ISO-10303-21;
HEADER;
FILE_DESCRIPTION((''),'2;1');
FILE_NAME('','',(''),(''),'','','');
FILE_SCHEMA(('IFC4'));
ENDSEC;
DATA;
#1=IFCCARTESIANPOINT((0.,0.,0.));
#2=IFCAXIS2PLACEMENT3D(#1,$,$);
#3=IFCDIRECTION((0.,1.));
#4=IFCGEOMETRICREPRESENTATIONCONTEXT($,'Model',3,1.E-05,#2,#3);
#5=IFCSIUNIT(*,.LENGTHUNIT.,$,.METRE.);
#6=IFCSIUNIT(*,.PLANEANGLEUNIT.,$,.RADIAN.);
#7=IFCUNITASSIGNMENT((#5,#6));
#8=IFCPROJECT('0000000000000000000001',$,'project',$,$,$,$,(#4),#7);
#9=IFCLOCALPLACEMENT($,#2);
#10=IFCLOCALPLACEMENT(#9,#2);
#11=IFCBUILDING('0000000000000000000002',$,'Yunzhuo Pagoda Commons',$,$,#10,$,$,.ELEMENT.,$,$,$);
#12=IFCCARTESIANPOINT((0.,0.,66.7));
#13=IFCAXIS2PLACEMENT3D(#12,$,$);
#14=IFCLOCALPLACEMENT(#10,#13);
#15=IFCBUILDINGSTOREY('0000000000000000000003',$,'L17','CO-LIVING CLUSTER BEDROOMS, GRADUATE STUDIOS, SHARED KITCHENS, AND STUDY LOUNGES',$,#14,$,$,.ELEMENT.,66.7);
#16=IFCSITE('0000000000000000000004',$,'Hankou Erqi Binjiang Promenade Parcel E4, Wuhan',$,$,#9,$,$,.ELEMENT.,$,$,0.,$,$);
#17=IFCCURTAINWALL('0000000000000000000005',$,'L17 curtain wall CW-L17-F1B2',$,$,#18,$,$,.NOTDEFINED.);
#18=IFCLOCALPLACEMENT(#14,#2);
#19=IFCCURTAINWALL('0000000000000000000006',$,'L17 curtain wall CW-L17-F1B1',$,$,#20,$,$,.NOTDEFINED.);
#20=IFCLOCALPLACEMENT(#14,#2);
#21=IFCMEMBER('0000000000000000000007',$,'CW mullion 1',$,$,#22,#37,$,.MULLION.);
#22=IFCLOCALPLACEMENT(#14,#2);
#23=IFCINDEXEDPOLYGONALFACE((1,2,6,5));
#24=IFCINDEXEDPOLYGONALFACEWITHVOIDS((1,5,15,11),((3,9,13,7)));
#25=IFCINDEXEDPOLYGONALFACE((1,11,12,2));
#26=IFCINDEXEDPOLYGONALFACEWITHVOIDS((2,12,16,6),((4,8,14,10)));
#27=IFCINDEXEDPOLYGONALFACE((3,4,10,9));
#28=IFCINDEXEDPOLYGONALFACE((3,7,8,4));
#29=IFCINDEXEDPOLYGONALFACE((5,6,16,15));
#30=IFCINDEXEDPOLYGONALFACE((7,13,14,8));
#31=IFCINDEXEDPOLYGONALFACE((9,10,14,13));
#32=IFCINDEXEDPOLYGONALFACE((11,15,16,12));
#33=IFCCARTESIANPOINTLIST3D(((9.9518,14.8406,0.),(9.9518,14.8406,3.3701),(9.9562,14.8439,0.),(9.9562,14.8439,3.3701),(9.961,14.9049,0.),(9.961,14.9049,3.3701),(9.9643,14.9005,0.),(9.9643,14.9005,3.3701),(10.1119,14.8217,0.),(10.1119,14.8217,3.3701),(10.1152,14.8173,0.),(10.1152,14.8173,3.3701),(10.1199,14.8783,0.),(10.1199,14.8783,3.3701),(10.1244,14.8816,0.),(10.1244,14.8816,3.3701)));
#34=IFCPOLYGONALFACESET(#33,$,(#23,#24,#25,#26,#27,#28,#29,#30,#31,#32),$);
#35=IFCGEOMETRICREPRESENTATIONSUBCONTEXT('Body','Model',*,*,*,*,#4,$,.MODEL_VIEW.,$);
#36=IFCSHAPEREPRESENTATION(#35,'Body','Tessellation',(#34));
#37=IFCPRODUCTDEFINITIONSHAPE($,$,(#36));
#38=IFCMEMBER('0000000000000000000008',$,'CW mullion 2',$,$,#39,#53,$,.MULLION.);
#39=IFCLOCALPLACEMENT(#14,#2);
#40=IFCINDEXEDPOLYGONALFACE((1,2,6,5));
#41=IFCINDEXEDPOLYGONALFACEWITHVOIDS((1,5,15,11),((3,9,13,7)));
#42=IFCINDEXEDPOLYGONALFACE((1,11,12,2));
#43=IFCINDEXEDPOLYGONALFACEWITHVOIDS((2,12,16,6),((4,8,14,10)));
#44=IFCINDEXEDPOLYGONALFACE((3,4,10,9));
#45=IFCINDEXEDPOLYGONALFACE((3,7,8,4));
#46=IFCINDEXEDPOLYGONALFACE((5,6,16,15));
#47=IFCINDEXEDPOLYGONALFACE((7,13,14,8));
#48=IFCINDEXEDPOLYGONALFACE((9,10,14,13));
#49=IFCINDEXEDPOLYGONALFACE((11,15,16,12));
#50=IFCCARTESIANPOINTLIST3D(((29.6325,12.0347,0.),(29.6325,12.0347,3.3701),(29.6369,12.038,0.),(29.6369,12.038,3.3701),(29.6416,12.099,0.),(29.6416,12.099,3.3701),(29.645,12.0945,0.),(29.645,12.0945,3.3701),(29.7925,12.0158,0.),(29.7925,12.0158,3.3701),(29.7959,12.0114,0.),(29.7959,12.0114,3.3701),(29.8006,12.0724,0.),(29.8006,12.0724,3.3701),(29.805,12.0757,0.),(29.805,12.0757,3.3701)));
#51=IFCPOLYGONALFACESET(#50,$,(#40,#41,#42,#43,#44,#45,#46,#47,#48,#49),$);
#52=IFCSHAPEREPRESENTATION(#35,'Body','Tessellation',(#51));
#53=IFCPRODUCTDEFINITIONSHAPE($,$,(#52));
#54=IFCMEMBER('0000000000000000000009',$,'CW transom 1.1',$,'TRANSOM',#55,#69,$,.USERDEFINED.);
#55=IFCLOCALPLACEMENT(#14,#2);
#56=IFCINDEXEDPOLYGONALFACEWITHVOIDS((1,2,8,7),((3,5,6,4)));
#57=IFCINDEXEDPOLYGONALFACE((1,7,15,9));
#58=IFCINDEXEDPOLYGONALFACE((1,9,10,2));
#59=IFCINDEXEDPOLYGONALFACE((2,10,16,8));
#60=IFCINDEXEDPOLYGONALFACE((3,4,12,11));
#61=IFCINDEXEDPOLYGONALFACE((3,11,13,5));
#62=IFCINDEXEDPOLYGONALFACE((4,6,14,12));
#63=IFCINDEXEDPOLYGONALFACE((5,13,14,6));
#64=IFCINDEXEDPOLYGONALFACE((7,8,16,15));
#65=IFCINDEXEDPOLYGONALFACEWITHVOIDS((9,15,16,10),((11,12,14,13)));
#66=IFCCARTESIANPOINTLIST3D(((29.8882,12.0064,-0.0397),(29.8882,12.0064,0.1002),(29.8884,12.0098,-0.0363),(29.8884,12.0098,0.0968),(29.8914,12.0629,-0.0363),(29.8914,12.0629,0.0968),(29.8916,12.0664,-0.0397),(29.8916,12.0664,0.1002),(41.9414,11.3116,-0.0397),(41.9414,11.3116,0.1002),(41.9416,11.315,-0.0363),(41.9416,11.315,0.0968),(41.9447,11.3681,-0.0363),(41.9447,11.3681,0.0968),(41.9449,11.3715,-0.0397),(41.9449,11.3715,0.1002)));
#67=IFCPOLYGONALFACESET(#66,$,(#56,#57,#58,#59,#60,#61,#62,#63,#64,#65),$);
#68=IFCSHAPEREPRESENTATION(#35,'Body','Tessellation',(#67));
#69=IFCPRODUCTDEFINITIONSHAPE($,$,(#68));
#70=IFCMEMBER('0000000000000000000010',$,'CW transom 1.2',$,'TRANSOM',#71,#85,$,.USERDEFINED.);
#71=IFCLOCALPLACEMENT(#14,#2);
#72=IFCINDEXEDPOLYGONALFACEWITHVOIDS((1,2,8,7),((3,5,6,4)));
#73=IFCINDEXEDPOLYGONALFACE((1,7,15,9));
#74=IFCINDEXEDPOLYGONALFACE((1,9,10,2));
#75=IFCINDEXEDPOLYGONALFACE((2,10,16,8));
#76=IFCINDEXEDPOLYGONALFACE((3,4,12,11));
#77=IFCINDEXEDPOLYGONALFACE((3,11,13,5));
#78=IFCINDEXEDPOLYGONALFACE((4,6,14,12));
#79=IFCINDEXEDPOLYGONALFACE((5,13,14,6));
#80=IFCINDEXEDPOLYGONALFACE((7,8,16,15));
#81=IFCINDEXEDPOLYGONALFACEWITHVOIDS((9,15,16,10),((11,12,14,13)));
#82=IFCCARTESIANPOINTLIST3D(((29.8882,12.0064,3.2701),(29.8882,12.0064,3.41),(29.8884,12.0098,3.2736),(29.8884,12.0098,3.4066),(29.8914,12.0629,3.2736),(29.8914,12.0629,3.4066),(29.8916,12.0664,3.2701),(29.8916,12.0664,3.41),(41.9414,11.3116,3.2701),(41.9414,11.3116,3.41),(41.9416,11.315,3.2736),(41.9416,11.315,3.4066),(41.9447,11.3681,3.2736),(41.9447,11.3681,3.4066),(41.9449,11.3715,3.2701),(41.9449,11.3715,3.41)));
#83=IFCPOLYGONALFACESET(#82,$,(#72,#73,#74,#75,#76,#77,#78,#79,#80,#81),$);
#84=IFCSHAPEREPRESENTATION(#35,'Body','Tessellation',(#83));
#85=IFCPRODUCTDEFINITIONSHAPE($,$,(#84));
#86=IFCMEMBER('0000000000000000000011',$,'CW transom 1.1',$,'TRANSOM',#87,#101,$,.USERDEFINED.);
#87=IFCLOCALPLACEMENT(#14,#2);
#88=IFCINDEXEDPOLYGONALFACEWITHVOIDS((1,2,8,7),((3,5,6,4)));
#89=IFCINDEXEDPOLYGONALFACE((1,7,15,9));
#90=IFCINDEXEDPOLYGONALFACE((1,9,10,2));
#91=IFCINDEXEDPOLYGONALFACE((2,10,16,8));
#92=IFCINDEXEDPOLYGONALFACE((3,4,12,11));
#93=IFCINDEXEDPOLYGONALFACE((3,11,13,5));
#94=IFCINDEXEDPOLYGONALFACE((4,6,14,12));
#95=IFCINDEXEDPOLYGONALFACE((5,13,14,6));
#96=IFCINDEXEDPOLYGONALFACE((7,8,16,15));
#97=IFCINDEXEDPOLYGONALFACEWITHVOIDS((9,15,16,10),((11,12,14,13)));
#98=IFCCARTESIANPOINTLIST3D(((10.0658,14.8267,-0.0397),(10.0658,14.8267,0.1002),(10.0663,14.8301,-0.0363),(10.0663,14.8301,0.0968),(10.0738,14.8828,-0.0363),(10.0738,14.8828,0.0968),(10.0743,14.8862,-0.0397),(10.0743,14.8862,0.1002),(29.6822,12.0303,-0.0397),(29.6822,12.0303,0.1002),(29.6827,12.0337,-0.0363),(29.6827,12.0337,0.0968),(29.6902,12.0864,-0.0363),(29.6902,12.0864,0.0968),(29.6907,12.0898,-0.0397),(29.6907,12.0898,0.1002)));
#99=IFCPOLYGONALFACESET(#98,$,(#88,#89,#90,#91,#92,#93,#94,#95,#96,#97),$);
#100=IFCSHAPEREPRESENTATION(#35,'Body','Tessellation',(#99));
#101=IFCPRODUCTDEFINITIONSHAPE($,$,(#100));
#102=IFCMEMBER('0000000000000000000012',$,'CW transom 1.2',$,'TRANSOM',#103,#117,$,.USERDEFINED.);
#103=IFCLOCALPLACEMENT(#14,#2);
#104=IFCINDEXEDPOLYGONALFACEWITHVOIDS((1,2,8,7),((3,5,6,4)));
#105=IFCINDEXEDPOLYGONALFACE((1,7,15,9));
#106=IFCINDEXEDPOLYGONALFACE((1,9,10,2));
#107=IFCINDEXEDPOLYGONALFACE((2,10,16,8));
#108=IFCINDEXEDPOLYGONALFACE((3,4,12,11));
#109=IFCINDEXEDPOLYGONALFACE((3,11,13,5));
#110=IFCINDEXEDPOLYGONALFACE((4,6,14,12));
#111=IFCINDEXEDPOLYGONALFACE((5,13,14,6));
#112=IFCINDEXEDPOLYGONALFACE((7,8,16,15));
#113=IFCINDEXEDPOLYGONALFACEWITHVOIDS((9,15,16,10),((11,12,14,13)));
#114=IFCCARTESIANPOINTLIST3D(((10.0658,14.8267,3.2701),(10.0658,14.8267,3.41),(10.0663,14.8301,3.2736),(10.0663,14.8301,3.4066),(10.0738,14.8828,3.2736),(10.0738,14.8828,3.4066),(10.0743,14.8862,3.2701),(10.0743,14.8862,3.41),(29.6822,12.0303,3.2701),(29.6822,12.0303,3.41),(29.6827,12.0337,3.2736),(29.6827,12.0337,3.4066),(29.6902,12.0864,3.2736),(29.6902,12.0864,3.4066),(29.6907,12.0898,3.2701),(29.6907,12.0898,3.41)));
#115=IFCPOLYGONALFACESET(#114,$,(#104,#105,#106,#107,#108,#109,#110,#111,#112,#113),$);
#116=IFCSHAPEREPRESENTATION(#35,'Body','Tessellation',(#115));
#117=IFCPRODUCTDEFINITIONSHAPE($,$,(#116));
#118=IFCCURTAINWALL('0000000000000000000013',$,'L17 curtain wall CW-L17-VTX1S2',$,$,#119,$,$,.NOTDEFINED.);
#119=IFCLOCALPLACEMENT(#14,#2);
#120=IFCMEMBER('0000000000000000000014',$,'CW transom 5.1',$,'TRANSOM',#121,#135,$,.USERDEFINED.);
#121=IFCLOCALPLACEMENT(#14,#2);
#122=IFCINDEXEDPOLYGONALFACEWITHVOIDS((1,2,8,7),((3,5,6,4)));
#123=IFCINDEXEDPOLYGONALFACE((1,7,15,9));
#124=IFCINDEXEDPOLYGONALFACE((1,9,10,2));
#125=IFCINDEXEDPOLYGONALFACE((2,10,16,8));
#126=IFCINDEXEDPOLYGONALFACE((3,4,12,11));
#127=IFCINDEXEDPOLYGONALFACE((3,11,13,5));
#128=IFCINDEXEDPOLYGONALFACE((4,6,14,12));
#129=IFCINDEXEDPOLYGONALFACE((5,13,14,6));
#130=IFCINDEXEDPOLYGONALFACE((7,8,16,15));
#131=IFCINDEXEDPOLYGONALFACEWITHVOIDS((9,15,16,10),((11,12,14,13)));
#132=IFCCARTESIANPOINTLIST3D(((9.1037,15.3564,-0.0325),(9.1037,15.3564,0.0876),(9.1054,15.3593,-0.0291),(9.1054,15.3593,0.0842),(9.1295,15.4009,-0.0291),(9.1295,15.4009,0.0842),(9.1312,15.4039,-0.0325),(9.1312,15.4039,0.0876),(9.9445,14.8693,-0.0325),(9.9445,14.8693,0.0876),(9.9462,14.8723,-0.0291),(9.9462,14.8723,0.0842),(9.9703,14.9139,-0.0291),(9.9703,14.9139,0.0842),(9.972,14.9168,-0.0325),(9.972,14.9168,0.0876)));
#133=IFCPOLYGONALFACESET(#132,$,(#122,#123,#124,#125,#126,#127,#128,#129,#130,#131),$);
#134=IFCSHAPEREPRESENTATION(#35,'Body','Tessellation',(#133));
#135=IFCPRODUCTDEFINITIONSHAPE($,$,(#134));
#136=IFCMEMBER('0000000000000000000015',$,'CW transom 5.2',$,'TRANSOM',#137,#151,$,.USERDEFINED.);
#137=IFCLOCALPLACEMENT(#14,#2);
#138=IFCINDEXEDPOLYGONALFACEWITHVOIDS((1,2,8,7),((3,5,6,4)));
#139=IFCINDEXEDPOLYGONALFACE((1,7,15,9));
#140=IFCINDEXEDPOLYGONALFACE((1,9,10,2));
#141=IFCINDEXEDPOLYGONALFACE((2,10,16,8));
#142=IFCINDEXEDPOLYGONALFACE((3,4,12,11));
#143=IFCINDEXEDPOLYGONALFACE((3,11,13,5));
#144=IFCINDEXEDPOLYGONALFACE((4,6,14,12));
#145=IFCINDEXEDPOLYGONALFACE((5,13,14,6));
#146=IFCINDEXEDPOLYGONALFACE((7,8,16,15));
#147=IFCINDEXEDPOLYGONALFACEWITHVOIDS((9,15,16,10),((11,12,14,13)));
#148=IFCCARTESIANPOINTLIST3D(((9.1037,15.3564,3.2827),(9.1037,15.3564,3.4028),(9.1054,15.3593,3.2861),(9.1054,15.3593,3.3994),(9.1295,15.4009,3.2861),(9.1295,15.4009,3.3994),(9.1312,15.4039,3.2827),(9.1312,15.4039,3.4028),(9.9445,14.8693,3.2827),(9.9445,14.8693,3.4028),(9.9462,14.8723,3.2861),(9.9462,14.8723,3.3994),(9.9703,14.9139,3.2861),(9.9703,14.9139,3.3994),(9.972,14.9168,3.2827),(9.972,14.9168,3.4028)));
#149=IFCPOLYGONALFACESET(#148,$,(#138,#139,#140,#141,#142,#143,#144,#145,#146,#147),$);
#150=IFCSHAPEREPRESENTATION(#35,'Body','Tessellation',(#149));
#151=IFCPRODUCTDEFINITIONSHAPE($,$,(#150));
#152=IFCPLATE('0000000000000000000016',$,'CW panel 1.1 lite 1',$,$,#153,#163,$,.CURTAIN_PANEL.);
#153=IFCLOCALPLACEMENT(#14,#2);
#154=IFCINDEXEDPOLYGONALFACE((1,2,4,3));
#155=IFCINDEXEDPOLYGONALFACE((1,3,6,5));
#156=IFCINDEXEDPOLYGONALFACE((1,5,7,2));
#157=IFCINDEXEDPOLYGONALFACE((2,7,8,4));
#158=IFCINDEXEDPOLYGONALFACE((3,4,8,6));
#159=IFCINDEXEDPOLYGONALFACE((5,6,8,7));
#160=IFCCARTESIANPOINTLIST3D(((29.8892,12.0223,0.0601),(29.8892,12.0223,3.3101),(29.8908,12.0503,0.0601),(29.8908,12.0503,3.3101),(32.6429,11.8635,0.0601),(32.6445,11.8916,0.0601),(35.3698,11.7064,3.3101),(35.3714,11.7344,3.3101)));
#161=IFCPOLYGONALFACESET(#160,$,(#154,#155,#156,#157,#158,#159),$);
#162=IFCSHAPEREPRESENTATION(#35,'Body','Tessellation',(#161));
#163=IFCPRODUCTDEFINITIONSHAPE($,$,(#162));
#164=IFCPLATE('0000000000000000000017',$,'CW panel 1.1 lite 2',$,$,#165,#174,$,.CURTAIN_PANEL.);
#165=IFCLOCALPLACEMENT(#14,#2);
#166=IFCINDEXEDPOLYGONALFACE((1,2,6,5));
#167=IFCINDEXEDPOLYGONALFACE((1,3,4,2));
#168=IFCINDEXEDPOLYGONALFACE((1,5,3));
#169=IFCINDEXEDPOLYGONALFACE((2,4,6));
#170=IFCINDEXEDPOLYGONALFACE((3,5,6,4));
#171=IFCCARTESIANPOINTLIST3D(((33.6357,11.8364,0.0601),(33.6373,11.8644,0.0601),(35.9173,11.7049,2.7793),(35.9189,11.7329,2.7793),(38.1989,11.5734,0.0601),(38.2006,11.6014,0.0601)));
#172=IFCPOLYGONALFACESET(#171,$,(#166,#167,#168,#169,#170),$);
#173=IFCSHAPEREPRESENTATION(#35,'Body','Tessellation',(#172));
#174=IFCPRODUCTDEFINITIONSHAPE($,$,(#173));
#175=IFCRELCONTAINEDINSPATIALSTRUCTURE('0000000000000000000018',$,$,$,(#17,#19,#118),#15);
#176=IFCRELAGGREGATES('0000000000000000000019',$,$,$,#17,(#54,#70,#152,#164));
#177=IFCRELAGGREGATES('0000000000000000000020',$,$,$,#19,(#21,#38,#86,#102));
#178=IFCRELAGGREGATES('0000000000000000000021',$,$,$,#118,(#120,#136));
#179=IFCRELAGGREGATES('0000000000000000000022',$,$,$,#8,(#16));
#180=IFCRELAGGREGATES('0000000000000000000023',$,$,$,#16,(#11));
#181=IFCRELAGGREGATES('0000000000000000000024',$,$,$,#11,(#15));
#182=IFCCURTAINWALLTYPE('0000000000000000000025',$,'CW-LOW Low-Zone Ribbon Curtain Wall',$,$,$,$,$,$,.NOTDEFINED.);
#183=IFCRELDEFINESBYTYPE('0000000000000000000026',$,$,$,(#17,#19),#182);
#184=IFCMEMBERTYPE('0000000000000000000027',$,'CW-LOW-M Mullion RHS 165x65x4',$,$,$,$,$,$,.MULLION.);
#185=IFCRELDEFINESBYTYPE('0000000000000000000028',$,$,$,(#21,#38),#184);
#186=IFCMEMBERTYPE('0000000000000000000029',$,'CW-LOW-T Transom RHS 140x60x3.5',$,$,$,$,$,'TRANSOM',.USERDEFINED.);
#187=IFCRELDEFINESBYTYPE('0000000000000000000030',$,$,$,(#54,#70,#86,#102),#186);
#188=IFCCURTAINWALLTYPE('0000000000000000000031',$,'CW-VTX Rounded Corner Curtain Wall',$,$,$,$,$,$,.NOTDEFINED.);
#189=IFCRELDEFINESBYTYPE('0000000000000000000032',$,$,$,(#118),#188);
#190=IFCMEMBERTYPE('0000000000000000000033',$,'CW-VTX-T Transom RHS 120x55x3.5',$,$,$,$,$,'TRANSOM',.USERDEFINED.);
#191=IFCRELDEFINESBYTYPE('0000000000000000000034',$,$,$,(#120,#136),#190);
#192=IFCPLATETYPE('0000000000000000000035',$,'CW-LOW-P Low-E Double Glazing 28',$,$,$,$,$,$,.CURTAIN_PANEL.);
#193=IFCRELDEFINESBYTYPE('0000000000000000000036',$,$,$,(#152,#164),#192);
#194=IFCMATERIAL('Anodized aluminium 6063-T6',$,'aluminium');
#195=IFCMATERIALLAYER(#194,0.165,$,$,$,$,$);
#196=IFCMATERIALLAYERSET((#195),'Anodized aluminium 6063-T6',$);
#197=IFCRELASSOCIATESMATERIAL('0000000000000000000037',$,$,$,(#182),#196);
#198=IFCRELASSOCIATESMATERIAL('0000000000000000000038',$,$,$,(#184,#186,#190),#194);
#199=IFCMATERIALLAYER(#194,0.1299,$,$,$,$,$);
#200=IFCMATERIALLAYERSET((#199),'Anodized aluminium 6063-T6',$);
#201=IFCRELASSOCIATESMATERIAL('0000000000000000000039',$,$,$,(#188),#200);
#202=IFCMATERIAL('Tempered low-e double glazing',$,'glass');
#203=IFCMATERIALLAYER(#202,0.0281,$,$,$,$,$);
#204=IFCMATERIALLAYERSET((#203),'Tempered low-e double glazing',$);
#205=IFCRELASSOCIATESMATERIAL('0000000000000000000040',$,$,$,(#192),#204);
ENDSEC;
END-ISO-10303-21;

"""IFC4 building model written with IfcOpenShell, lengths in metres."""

from ifc_helpers import new_model, si_unit, direction, frame, origin, origin_2d, place, context, subcontext, project, spatial, polyline, hollow_rectangle, outline, extrude, source, transform, mapped, material, layer, layer_set, material_profile, profile_set, type_object, element, aggregate, save


model = new_model("IFC4")

# Units and contexts
model_context = context("Model", 3, precision=1e-05, world=origin(), true_north=direction((0.0, 1.0)))
body_context = subcontext(model_context, "Body", "Model", "MODEL_VIEW")
ifc_project = project(units=[si_unit("LENGTHUNIT", "METRE"), si_unit("PLANEANGLEUNIT", "RADIAN")], contexts=[model_context])

# Site, building, storey
site_placement = place(None, origin())
site = spatial("IfcSite", under=ifc_project, at=site_placement, Name="Hankou Erqi Binjiang Promenade Parcel E4, Wuhan", CompositionType="ELEMENT", RefElevation=0.0)
building_placement = place(site_placement, origin())
building = spatial("IfcBuilding", under=site, at=building_placement, Name="Yunzhuo Pagoda Commons", CompositionType="ELEMENT")
storey_placement = place(building_placement, frame((0.0, 0.0, 66.7)))
storey = spatial("IfcBuildingStorey", under=building, at=storey_placement, Name="L17", Description="CO-LIVING CLUSTER BEDROOMS, GRADUATE STUDIOS, SHARED KITCHENS, AND STUDY LOUNGES", CompositionType="ELEMENT", Elevation=66.7)

# Curtain wall
ifc_material_1 = material(Name="Anodized aluminium 6063-T6", Category="aluminium")
ifc_layer_1 = layer(ifc_material_1, 0.165)
ifc_layer_set_1 = layer_set([ifc_layer_1], Name="Anodized aluminium 6063-T6")
curtain_wall_type_1 = type_object("IfcCurtainWallType", Name="CW-LOW Low-Zone Ribbon Curtain Wall", PredefinedType="NOTDEFINED", material=ifc_layer_set_1)
curtain_wall_1_placement = place(storey_placement, origin())
curtain_wall_1 = element("IfcCurtainWall", 1, at=curtain_wall_1_placement, inside=storey, type_object=curtain_wall_type_1, Name="L17 curtain wall CW-L17-F1B2", PredefinedType="NOTDEFINED")
ifc_material_profile_1 = material_profile(ifc_material_1, hollow_rectangle(XDim=0.0649, YDim=0.165, WallThickness=0.0039, at=origin_2d()), Name="Anodized aluminium 6063-T6")
ifc_profile_set_1 = profile_set([ifc_material_profile_1], Name="Anodized aluminium 6063-T6")
member_type_1 = type_object("IfcMemberType", Name="CW-LOW-M Mullion RHS 165x65x4", PredefinedType="MULLION", material=ifc_profile_set_1)
shared_shape_1 = source(origin(), body_context, "Body", "SweptSolid", [
    extrude(hollow_rectangle(XDim=0.0649, YDim=0.165, WallThickness=0.0039, at=origin_2d()), origin(), (0.0, 0.0, 1.0), 3.3701),
])

# Curtain wall, members
curtain_wall_2_placement = place(storey_placement, origin())
curtain_wall_2 = element("IfcCurtainWall", 2, at=curtain_wall_2_placement, inside=storey, type_object=curtain_wall_type_1, Name="L17 curtain wall CW-L17-F1B1", PredefinedType="NOTDEFINED")
member_1_placement = place(storey_placement, frame((10.0381, 14.8611, 0.0), z_axis=(0.0, 0.0, 1.0), x_axis=(0.14114, 0.98999, 0.0)))
member_1 = element("IfcMember", 3, at=member_1_placement, type_object=member_type_1, Name="CW mullion 1", PredefinedType="MULLION", context=body_context, shape_type="MappedRepresentation", body=[
    mapped(shared_shape_1, transform((0.0, 0.0, 0.0), scale=1.0)),
])
member_2_placement = place(storey_placement, frame((29.7188, 12.0552, 0.0), z_axis=(0.0, 0.0, 1.0), x_axis=(0.14114, 0.98999, 0.0)))
member_2 = element("IfcMember", 4, at=member_2_placement, type_object=member_type_1, Name="CW mullion 2", PredefinedType="MULLION", context=body_context, shape_type="MappedRepresentation", body=[
    mapped(shared_shape_1, transform((0.0, 0.0, 0.0), scale=1.0)),
])

# Members
ifc_material_profile_2 = material_profile(ifc_material_1, hollow_rectangle(XDim=0.0601, YDim=0.1399, WallThickness=0.0034, at=origin_2d()), Name="Anodized aluminium 6063-T6")
ifc_profile_set_2 = profile_set([ifc_material_profile_2], Name="Anodized aluminium 6063-T6")
member_type_2 = type_object("IfcMemberType", Name="CW-LOW-T Transom RHS 140x60x3.5", ElementType="TRANSOM", PredefinedType="USERDEFINED", material=ifc_profile_set_2)
shared_shape_2 = source(origin(), body_context, "Body", "SweptSolid", [
    extrude(hollow_rectangle(XDim=0.0601, YDim=0.1399, WallThickness=0.0034, at=origin_2d()), origin(), (0.0, 0.0, 1.0), 12.0732),
])
member_3_placement = place(storey_placement, frame((29.8899, 12.0364, 0.0303), z_axis=(0.998343, -0.057551, 0.0), x_axis=(0.057551, 0.998343, 0.0)))
member_3 = element("IfcMember", 5, at=member_3_placement, type_object=member_type_2, Name="CW transom 1.1", ObjectType="TRANSOM", PredefinedType="USERDEFINED", context=body_context, shape_type="MappedRepresentation", body=[
    mapped(shared_shape_2, transform((0.0, 0.0, 0.0), scale=1.0)),
])
member_4_placement = place(storey_placement, frame((29.8899, 12.0364, 3.3401), z_axis=(0.998343, -0.057551, 0.0), x_axis=(0.057551, 0.998343, 0.0)))
member_4 = element("IfcMember", 6, at=member_4_placement, type_object=member_type_2, Name="CW transom 1.2", ObjectType="TRANSOM", PredefinedType="USERDEFINED", context=body_context, shape_type="MappedRepresentation", body=[
    mapped(shared_shape_2, transform((0.0, 0.0, 0.0), scale=1.0)),
])
shared_shape_3 = source(origin(), body_context, "Body", "SweptSolid", [
    extrude(hollow_rectangle(XDim=0.0601, YDim=0.1399, WallThickness=0.0034, at=origin_2d()), origin(), (0.0, 0.0, 1.0), 19.8147),
])
member_5_placement = place(storey_placement, frame((10.0701, 14.8564, 0.0303), z_axis=(0.989992, -0.141126, 0.0), x_axis=(0.141126, 0.989992, 0.0)))
member_5 = element("IfcMember", 7, at=member_5_placement, type_object=member_type_2, Name="CW transom 1.1", ObjectType="TRANSOM", PredefinedType="USERDEFINED", context=body_context, shape_type="MappedRepresentation", body=[
    mapped(shared_shape_3, transform((0.0, 0.0, 0.0), scale=1.0)),
])
member_6_placement = place(storey_placement, frame((10.0701, 14.8564, 3.3401), z_axis=(0.989992, -0.141126, 0.0), x_axis=(0.141126, 0.989992, 0.0)))
member_6 = element("IfcMember", 8, at=member_6_placement, type_object=member_type_2, Name="CW transom 1.2", ObjectType="TRANSOM", PredefinedType="USERDEFINED", context=body_context, shape_type="MappedRepresentation", body=[
    mapped(shared_shape_3, transform((0.0, 0.0, 0.0), scale=1.0)),
])

# Curtain wall, members
ifc_layer_2 = layer(ifc_material_1, 0.1299)
ifc_layer_set_2 = layer_set([ifc_layer_2], Name="Anodized aluminium 6063-T6")
curtain_wall_type_2 = type_object("IfcCurtainWallType", Name="CW-VTX Rounded Corner Curtain Wall", PredefinedType="NOTDEFINED", material=ifc_layer_set_2)
curtain_wall_3_placement = place(storey_placement, origin())
curtain_wall_3 = element("IfcCurtainWall", 9, at=curtain_wall_3_placement, inside=storey, type_object=curtain_wall_type_2, Name="L17 curtain wall CW-L17-VTX1S2", PredefinedType="NOTDEFINED")
ifc_material_profile_3 = material_profile(ifc_material_1, hollow_rectangle(XDim=0.0549, YDim=0.1201, WallThickness=0.0034, at=origin_2d()), Name="Anodized aluminium 6063-T6")
ifc_profile_set_3 = profile_set([ifc_material_profile_3], Name="Anodized aluminium 6063-T6")
member_type_3 = type_object("IfcMemberType", Name="CW-VTX-T Transom RHS 120x55x3.5", ElementType="TRANSOM", PredefinedType="USERDEFINED", material=ifc_profile_set_3)
shared_shape_4 = source(origin(), body_context, "Body", "SweptSolid", [
    extrude(hollow_rectangle(XDim=0.0549, YDim=0.1201, WallThickness=0.0034, at=origin_2d()), origin(), (0.0, 0.0, 1.0), 0.9717),
])
member_7_placement = place(storey_placement, frame((9.1174, 15.3801, 0.0276), z_axis=(0.865306, -0.501244, 0.0), x_axis=(0.501244, 0.865306, 0.0)))
member_7 = element("IfcMember", 10, at=member_7_placement, type_object=member_type_3, Name="CW transom 5.1", ObjectType="TRANSOM", PredefinedType="USERDEFINED", context=body_context, shape_type="MappedRepresentation", body=[
    mapped(shared_shape_4, transform((0.0, 0.0, 0.0), scale=1.0)),
])
member_8_placement = place(storey_placement, frame((9.1174, 15.3801, 3.3428), z_axis=(0.865306, -0.501244, 0.0), x_axis=(0.501244, 0.865306, 0.0)))
member_8 = element("IfcMember", 11, at=member_8_placement, type_object=member_type_3, Name="CW transom 5.2", ObjectType="TRANSOM", PredefinedType="USERDEFINED", context=body_context, shape_type="MappedRepresentation", body=[
    mapped(shared_shape_4, transform((0.0, 0.0, 0.0), scale=1.0)),
])

# Plates
ifc_material_2 = material(Name="Tempered low-e double glazing", Category="glass")
ifc_layer_3 = layer(ifc_material_2, 0.0281)
ifc_layer_set_3 = layer_set([ifc_layer_3], Name="Tempered low-e double glazing")
plate_type_1 = type_object("IfcPlateType", Name="CW-LOW-P Low-E Double Glazing 28", PredefinedType="CURTAIN_PANEL", material=ifc_layer_set_3)
plate_1_placement = place(storey_placement, frame((32.6311, 11.8923, 1.6851), z_axis=(-0.057542, -0.998343, 0.0), x_axis=(0.998343, -0.057542, 0.0)))
plate_1 = element("IfcPlate", 12, at=plate_1_placement, type_object=plate_type_1, Name="CW panel 1.1 lite 1", PredefinedType="CURTAIN_PANEL", context=body_context, shape_type="SweptSolid", body=[
    extrude(outline(polyline([(-2.7449, -1.625), (0.0134, -1.625), (2.7449, 1.625), (-2.7449, 1.625), (-2.7449, -1.625)])), origin(), (0.0, 0.0, 1.0), 0.0281),
])
plate_2_placement = place(storey_placement, frame((35.9189, 11.7329, 1.4197), z_axis=(-0.057542, -0.998343, 0.0), x_axis=(0.998343, -0.057542, 0.0)))
plate_2 = element("IfcPlate", 13, at=plate_2_placement, type_object=plate_type_1, Name="CW panel 1.1 lite 2", PredefinedType="CURTAIN_PANEL", context=body_context, shape_type="SweptSolid", body=[
    extrude(outline(polyline([(-2.2854, -1.3596), (2.2854, -1.3596), (0.0, 1.3596), (-2.2854, -1.3596)])), origin(), (0.0, 0.0, 1.0), 0.0281),
])
aggregate(curtain_wall_1, [member_3, member_4, plate_1, plate_2])
aggregate(curtain_wall_2, [member_1, member_2, member_5, member_6])
aggregate(curtain_wall_3, [member_7, member_8])

save(model, "model.ifc")
